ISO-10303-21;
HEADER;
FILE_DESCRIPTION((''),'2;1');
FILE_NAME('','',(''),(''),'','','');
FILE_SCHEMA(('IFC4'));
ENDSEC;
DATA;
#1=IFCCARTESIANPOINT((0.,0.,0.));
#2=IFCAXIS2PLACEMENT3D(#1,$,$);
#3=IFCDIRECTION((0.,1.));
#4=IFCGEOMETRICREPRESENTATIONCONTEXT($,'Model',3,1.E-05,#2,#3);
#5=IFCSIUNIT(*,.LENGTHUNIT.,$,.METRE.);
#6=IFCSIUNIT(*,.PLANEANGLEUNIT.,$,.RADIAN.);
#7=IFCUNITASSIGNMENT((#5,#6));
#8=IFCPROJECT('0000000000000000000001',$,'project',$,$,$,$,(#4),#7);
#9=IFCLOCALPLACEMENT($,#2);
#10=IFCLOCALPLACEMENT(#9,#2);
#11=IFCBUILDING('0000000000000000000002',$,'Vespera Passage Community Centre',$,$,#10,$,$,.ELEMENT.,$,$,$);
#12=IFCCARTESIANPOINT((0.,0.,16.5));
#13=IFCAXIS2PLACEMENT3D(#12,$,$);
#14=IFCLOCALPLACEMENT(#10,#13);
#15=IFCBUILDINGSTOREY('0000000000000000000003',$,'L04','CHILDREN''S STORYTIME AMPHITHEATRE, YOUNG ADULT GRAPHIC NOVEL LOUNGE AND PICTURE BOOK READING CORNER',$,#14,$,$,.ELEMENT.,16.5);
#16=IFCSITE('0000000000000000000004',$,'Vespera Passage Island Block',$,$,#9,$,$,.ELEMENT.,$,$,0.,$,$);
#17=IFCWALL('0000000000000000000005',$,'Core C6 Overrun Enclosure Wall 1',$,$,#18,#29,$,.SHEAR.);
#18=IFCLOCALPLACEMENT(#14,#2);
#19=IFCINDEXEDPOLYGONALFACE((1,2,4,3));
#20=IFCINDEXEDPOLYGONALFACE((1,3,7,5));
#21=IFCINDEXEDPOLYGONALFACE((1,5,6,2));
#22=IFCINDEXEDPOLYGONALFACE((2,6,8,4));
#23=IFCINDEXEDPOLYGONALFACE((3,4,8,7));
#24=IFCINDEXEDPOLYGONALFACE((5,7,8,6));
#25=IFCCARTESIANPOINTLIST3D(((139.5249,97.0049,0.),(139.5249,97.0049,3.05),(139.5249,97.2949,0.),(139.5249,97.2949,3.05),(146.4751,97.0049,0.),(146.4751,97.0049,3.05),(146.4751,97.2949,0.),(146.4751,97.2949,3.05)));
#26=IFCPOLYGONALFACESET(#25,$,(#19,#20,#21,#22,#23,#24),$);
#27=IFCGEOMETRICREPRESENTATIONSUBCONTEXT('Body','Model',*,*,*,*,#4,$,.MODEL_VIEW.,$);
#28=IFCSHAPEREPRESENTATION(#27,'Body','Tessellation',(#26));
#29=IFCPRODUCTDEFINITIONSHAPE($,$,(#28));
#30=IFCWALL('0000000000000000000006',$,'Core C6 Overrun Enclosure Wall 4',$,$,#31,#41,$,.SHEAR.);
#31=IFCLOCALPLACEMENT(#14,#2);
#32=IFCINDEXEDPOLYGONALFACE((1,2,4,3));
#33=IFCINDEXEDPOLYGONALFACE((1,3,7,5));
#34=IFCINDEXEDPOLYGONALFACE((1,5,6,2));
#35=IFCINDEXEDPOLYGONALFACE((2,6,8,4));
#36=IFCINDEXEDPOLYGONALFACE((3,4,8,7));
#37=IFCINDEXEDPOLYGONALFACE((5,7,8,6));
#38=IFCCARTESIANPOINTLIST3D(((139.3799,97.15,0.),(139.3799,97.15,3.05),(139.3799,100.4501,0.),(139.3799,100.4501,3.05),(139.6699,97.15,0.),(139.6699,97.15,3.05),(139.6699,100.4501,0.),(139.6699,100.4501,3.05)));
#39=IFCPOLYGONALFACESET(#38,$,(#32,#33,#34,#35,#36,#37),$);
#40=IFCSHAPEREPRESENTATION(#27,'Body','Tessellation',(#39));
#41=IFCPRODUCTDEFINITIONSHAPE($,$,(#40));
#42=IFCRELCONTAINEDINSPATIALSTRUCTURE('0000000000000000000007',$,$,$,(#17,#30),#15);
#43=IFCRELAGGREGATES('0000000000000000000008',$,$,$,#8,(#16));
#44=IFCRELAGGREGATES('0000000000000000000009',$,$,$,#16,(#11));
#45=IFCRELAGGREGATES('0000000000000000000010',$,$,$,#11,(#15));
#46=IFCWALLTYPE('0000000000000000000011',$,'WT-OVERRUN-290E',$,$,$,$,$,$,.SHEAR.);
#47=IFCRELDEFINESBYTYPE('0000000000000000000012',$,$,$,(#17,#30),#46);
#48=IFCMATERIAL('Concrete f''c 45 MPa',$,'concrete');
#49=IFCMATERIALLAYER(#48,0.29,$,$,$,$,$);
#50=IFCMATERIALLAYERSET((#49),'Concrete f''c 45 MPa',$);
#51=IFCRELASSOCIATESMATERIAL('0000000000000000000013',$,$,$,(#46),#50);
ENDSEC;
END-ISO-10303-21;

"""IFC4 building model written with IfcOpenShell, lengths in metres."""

from ifc_helpers import new_model, si_unit, direction, frame, frame_2d, origin, place, context, subcontext, project, spatial, rectangle, extrude, material, layer, layer_set, type_object, element, save


model = new_model("IFC4")

# Units and contexts
model_context = context("Model", 3, precision=1e-05, world=origin(), true_north=direction((0.0, 1.0)))
body_context = subcontext(model_context, "Body", "Model", "MODEL_VIEW")
ifc_project = project(units=[si_unit("LENGTHUNIT", "METRE"), si_unit("PLANEANGLEUNIT", "RADIAN")], contexts=[model_context])

# Site, building, storey
site_placement = place(None, origin())
site = spatial("IfcSite", under=ifc_project, at=site_placement, Name="Vespera Passage Island Block", CompositionType="ELEMENT", RefElevation=0.0)
building_placement = place(site_placement, origin())
building = spatial("IfcBuilding", under=site, at=building_placement, Name="Vespera Passage Community Centre", CompositionType="ELEMENT")
storey_placement = place(building_placement, frame((0.0, 0.0, 16.5)))
storey = spatial("IfcBuildingStorey", under=building, at=storey_placement, Name="L04", Description="CHILDREN'S STORYTIME AMPHITHEATRE, YOUNG ADULT GRAPHIC NOVEL LOUNGE AND PICTURE BOOK READING CORNER", CompositionType="ELEMENT", Elevation=16.5)

# Walls
ifc_material_1 = material(Name="Concrete f'c 45 MPa", Category="concrete")
ifc_layer_1 = layer(ifc_material_1, 0.29)
ifc_layer_set_1 = layer_set([ifc_layer_1], Name="Concrete f'c 45 MPa")
wall_type = type_object("IfcWallType", Name="WT-OVERRUN-290E", PredefinedType="SHEAR", material=ifc_layer_set_1)
wall_1_placement = place(storey_placement, frame((139.5249, 97.1499, 0.0), z_axis=(0.0, 0.0, 1.0), x_axis=(1.0, 0.0, 0.0)))
element("IfcWall", 1, at=wall_1_placement, inside=storey, type_object=wall_type, Name="Core C6 Overrun Enclosure Wall 1", PredefinedType="SHEAR", context=body_context, shape_type="SweptSolid", body=[
    extrude(rectangle(XDim=6.9502, YDim=0.29, at=frame_2d((3.4751, 0.0))), origin(), (0.0, 0.0, 1.0), 3.05),
])
wall_2_placement = place(storey_placement, frame((139.5249, 100.45, 0.0), z_axis=(0.0, 0.0, 1.0), x_axis=(0.0, -1.0, 0.0)))
element("IfcWall", 2, at=wall_2_placement, inside=storey, type_object=wall_type, Name="Core C6 Overrun Enclosure Wall 4", PredefinedType="SHEAR", context=body_context, shape_type="SweptSolid", body=[
    extrude(rectangle(XDim=3.3, YDim=0.29, at=frame_2d((1.6499, 0.0))), origin(), (0.0, 0.0, 1.0), 3.05),
])

save(model, "model.ifc")
